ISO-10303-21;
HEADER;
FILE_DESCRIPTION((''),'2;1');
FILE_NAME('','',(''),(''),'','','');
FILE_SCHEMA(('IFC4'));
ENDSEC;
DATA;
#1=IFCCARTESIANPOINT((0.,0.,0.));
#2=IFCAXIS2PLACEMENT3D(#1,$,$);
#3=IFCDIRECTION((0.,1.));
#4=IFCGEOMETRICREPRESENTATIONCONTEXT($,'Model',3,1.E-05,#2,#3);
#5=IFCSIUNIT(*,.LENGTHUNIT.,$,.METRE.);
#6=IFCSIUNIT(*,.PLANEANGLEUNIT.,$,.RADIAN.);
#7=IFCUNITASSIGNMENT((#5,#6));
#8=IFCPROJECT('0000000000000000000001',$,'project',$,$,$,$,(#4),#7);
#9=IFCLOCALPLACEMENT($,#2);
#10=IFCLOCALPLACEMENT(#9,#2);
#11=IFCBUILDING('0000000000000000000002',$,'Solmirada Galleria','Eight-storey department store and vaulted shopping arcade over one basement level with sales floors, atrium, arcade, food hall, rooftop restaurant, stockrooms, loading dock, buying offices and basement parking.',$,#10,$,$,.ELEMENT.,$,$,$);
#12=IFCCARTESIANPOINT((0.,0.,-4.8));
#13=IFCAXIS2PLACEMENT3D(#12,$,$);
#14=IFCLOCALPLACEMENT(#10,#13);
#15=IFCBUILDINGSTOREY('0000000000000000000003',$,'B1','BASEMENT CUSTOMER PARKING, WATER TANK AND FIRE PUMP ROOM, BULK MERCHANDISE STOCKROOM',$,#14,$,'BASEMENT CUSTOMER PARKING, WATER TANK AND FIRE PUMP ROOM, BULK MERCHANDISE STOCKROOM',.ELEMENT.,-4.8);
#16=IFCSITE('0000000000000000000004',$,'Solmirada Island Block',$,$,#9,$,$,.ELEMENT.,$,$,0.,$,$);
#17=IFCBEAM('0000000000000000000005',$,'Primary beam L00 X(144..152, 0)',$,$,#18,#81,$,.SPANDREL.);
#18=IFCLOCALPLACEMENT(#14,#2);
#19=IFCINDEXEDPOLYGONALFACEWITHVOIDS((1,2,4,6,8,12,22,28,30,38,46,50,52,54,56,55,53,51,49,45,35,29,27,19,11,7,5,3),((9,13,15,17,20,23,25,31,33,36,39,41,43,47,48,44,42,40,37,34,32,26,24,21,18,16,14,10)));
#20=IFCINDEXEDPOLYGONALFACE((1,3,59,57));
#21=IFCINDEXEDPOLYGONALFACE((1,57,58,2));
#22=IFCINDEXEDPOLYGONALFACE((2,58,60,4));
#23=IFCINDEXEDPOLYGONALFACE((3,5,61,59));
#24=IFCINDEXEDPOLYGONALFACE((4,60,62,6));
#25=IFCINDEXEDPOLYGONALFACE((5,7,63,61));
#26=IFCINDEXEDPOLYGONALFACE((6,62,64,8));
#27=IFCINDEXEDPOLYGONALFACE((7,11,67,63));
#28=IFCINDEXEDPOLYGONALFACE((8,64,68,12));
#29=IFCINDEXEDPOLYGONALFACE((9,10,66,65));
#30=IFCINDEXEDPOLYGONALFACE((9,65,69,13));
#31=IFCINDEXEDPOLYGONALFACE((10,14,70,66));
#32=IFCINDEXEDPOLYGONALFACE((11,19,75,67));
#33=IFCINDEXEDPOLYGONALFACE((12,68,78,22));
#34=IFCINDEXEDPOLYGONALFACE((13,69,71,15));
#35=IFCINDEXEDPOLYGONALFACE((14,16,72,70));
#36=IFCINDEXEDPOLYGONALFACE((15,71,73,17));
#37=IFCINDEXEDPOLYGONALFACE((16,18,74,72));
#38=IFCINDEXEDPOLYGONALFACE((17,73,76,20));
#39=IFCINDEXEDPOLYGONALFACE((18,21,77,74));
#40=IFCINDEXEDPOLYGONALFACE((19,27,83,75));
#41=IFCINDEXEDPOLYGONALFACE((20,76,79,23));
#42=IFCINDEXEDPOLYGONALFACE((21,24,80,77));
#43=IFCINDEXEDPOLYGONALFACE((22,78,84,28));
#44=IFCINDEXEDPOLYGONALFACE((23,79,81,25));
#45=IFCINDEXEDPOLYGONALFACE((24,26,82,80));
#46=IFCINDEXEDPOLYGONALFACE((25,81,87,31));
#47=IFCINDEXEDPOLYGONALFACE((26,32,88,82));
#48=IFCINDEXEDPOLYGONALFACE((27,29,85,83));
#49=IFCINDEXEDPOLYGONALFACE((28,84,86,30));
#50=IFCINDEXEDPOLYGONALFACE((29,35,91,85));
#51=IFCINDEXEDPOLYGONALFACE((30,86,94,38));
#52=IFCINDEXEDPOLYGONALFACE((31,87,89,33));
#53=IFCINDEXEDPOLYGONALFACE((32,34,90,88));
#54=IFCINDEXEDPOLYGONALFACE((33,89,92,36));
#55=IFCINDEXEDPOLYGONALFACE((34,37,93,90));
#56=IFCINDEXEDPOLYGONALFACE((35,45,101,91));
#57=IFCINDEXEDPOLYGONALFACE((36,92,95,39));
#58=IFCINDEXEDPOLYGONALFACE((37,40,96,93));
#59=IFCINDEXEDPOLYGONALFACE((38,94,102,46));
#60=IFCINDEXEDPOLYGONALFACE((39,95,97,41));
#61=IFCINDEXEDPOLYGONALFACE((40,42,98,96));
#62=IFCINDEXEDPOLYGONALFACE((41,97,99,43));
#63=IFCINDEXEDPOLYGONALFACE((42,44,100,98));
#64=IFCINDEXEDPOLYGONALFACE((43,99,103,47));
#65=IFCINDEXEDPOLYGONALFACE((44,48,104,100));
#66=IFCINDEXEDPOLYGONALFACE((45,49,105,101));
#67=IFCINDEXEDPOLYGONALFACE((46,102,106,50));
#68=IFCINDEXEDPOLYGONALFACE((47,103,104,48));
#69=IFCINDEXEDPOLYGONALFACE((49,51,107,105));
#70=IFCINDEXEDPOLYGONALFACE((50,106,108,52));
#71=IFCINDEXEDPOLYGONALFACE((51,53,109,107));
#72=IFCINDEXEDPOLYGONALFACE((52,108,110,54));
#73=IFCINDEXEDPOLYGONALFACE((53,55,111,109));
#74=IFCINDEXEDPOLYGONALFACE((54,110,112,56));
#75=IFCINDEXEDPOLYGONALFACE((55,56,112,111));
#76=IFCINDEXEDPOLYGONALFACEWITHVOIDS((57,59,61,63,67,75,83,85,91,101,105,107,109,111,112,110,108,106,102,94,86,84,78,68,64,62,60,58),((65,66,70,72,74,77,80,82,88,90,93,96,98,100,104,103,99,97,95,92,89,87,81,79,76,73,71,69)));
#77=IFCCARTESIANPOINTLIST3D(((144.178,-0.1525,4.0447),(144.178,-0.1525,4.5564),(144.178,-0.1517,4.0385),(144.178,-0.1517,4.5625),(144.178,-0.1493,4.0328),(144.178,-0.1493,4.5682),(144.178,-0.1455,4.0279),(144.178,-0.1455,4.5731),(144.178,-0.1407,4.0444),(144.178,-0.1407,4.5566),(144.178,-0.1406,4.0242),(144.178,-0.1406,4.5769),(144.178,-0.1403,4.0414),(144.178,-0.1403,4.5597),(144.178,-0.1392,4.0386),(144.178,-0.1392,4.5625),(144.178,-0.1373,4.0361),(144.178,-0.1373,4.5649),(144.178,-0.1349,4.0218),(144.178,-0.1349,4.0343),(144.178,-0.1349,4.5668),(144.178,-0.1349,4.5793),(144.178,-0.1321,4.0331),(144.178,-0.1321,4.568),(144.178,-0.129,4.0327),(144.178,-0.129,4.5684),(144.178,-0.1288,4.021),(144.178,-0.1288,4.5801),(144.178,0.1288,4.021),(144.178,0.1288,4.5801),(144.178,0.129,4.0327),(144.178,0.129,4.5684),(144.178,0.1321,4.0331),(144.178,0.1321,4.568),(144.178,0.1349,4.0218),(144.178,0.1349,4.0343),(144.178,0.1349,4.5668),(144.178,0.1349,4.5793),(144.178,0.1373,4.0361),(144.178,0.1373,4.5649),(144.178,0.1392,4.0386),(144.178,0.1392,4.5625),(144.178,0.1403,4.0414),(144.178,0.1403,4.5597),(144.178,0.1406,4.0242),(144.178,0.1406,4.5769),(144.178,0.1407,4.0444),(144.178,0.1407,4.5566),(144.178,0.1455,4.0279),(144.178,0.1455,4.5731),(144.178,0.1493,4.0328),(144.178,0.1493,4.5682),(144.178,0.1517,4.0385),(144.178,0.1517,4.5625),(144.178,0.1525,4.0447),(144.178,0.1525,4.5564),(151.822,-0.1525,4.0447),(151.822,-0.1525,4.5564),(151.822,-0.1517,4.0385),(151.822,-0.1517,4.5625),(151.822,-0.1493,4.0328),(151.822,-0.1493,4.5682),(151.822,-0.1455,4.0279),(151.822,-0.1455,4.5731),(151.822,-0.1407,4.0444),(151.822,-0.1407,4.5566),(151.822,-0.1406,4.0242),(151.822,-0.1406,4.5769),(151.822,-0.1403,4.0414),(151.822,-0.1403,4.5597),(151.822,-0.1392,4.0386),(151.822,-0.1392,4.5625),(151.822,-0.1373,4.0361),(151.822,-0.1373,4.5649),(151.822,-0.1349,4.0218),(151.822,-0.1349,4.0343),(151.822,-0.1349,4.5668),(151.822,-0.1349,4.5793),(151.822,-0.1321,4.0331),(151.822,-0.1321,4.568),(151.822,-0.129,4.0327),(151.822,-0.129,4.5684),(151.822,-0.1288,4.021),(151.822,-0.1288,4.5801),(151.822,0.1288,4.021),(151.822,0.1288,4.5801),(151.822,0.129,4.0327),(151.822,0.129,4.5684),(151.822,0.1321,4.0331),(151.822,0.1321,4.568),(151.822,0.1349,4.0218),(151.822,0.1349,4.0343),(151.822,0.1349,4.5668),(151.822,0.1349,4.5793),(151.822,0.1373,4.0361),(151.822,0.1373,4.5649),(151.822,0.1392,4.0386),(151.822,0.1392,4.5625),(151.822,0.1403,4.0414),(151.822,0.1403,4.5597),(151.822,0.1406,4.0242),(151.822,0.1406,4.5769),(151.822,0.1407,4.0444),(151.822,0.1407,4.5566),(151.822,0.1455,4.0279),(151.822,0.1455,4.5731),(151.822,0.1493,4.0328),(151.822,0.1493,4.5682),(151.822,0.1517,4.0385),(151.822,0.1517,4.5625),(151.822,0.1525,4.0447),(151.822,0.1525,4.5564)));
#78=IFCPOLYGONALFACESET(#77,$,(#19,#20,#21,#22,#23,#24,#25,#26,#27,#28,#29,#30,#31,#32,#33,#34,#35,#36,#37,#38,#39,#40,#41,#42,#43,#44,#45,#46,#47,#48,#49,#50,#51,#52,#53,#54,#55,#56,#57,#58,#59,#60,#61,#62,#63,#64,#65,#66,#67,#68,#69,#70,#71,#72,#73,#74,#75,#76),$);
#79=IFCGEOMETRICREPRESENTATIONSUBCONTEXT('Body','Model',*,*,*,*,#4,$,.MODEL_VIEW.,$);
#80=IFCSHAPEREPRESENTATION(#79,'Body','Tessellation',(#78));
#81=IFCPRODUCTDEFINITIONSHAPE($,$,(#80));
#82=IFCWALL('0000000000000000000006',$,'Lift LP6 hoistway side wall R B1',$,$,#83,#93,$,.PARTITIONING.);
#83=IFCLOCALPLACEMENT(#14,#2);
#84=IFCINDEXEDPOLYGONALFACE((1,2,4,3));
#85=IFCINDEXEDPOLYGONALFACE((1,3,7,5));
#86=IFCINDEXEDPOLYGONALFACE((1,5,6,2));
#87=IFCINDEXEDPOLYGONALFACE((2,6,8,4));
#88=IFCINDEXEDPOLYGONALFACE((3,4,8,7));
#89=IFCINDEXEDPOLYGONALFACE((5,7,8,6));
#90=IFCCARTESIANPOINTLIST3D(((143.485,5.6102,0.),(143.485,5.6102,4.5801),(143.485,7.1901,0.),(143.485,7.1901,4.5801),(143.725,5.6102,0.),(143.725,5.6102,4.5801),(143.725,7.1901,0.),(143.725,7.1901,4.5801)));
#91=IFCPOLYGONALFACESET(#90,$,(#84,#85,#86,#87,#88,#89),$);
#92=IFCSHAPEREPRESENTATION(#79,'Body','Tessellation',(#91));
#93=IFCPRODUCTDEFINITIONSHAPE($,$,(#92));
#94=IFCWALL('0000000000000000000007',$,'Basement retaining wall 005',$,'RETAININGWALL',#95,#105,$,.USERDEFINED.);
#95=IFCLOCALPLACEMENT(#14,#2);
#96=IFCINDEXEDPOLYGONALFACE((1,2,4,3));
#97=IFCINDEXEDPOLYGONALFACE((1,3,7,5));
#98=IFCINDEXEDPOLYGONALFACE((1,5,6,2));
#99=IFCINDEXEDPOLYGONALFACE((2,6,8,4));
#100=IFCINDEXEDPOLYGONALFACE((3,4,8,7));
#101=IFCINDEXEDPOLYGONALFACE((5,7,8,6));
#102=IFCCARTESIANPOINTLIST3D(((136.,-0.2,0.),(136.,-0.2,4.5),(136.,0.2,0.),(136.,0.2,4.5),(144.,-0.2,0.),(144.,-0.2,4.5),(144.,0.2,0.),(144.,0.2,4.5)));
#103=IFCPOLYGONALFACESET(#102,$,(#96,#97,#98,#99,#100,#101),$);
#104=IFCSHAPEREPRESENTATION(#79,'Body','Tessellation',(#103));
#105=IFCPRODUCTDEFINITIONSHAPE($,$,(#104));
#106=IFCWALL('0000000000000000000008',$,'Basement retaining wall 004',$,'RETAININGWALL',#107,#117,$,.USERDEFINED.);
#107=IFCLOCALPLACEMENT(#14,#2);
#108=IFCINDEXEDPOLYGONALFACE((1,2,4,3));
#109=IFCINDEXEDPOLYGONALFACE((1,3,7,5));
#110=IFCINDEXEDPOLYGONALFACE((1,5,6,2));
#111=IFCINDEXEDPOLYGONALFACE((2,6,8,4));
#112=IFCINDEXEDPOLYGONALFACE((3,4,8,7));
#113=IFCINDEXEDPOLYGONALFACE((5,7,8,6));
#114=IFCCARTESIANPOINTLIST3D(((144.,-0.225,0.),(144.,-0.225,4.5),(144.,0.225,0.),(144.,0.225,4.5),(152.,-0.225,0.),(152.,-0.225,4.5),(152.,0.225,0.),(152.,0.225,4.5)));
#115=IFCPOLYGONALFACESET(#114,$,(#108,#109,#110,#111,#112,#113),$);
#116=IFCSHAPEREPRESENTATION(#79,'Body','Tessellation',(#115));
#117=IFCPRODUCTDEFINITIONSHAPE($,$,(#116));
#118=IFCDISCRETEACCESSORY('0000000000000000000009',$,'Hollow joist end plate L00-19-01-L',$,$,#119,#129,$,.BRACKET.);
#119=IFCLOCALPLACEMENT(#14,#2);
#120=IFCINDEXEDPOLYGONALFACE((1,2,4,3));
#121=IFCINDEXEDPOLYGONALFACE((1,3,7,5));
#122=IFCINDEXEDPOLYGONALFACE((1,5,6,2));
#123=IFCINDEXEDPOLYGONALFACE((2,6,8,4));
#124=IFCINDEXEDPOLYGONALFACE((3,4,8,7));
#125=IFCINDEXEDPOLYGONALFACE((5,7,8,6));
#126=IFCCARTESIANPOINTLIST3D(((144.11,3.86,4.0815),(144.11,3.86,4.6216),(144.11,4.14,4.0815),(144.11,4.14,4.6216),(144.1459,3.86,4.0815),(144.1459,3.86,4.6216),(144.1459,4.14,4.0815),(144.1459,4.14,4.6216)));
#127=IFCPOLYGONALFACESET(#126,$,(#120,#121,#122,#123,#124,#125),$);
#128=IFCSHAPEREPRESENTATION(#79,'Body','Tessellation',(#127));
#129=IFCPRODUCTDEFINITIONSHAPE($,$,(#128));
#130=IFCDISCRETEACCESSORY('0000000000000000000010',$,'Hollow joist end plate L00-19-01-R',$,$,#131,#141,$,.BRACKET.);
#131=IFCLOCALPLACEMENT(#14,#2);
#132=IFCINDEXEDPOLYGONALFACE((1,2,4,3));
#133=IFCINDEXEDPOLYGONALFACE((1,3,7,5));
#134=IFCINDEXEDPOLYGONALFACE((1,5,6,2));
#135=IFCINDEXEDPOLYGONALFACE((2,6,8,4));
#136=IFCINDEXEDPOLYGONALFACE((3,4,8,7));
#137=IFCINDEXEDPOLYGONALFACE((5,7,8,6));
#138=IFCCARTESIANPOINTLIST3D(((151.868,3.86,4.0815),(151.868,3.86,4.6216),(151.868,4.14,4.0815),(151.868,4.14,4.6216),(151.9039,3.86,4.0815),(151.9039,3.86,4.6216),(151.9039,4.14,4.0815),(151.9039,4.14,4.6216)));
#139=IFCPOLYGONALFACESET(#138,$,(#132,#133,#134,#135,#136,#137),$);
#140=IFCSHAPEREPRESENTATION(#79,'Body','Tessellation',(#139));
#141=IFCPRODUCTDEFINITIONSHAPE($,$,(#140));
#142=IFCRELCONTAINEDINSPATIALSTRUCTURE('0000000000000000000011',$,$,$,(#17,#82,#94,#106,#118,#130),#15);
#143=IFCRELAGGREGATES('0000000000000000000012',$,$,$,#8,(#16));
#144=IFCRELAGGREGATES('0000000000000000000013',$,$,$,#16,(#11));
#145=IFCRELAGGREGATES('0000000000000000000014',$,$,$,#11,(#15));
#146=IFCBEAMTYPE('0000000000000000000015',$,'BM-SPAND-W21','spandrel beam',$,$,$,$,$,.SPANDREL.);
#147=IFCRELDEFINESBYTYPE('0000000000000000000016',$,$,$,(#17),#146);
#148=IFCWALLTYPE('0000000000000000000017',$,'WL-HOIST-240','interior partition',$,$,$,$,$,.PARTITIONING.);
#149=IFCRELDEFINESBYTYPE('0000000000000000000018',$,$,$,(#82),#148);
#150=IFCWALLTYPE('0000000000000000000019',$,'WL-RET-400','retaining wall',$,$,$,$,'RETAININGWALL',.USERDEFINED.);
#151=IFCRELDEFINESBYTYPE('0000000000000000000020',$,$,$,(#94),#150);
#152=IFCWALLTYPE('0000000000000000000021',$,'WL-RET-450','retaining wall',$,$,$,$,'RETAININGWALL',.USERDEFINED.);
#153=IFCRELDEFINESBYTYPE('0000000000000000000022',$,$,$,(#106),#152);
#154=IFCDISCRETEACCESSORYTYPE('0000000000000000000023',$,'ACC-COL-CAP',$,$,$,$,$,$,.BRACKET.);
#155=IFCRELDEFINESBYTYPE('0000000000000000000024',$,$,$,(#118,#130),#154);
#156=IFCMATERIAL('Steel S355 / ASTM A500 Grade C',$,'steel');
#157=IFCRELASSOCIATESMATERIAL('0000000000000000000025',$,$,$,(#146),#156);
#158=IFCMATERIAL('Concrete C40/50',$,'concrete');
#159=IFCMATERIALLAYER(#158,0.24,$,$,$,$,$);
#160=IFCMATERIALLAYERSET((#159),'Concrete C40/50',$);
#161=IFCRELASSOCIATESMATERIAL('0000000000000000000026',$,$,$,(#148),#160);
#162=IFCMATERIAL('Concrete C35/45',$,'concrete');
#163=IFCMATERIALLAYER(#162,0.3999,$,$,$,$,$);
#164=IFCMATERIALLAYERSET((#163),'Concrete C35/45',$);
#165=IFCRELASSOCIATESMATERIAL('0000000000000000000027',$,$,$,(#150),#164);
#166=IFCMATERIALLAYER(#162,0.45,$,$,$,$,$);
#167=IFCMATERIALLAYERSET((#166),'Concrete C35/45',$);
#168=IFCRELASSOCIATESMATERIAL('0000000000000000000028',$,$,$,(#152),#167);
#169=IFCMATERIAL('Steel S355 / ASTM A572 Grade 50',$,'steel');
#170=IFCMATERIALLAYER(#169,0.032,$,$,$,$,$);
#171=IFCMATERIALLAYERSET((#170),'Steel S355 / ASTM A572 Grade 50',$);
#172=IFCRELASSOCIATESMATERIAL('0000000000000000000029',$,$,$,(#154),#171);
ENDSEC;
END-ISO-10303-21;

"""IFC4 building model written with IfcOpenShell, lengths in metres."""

from ifc_helpers import new_model, si_unit, direction, frame, frame_2d, origin, origin_2d, place, context, subcontext, project, spatial, rectangle, hollow_rectangle, extrude, material, layer, layer_set, material_profile, profile_set, type_object, element, save


model = new_model("IFC4")

# Units and contexts
model_context = context("Model", 3, precision=1e-05, world=origin(), true_north=direction((0.0, 1.0)))
body_context = subcontext(model_context, "Body", "Model", "MODEL_VIEW")
ifc_project = project(units=[si_unit("LENGTHUNIT", "METRE"), si_unit("PLANEANGLEUNIT", "RADIAN")], contexts=[model_context])

# Site, building, storey
site_placement = place(None, origin())
site = spatial("IfcSite", under=ifc_project, at=site_placement, Name="Solmirada Island Block", CompositionType="ELEMENT", RefElevation=0.0)
building_placement = place(site_placement, origin())
building = spatial("IfcBuilding", under=site, at=building_placement, Name="Solmirada Galleria", Description="Eight-storey department store and vaulted shopping arcade over one basement level with sales floors, atrium, arcade, food hall, rooftop restaurant, stockrooms, loading dock, buying offices and basement parking.", CompositionType="ELEMENT")
storey_placement = place(building_placement, frame((0.0, 0.0, -4.8)))
storey = spatial("IfcBuildingStorey", under=building, at=storey_placement, Name="B1", Description="BASEMENT CUSTOMER PARKING, WATER TANK AND FIRE PUMP ROOM, BULK MERCHANDISE STOCKROOM", LongName="BASEMENT CUSTOMER PARKING, WATER TANK AND FIRE PUMP ROOM, BULK MERCHANDISE STOCKROOM", CompositionType="ELEMENT", Elevation=-4.8)

# Shared definitions
ifc_material_1 = material(Name="Concrete C35/45", Category="concrete")

# Shared definitions
ifc_material_2 = material(Name="Concrete C40/50", Category="concrete")

# Shared definitions
ifc_material_3 = material(Name="Steel S355 / ASTM A500 Grade C", Category="steel")

# Beam
ifc_material_profile_1 = material_profile(ifc_material_3, hollow_rectangle(XDim=0.3049, YDim=0.5591, WallThickness=0.0117, InnerFilletRadius=0.0117, OuterFilletRadius=0.0237, at=origin_2d()), Name="HSS22X12X1/2")
ifc_profile_set_1 = profile_set([ifc_material_profile_1], Name="Steel S355 / ASTM A500 Grade C")
beam_type_1 = type_object("IfcBeamType", Name="BM-SPAND-W21", Description="spandrel beam", PredefinedType="SPANDREL", material=ifc_profile_set_1)
beam_1_placement = place(storey_placement, frame((144.178, 0.0, 4.3005), z_axis=(1.0, 0.0, 0.0), x_axis=(0.0, 1.0, 0.0)))
element("IfcBeam", 1, at=beam_1_placement, inside=storey, type_object=beam_type_1, Name="Primary beam L00 X(144..152, 0)", PredefinedType="SPANDREL", context=body_context, shape_type="SweptSolid", body=[
    extrude(hollow_rectangle(XDim=0.3049, YDim=0.5591, WallThickness=0.0117, InnerFilletRadius=0.0117, OuterFilletRadius=0.0237, at=origin_2d()), origin(), (0.0, 0.0, 1.0), 7.644),
])

# Walls
ifc_layer_1 = layer(ifc_material_2, 0.24)
ifc_layer_set_1 = layer_set([ifc_layer_1], Name="Concrete C40/50")
wall_type_1 = type_object("IfcWallType", Name="WL-HOIST-240", Description="interior partition", PredefinedType="PARTITIONING", material=ifc_layer_set_1)
wall_1_placement = place(storey_placement, frame((143.605, 5.6101, 0.0), z_axis=(0.0, 0.0, 1.0), x_axis=(0.0, 1.0, 0.0)))
element("IfcWall", 2, at=wall_1_placement, inside=storey, type_object=wall_type_1, Name="Lift LP6 hoistway side wall R B1", PredefinedType="PARTITIONING", context=body_context, shape_type="SweptSolid", body=[
    extrude(rectangle(XDim=1.5798, YDim=0.24, at=frame_2d((0.79, 0.0))), origin(), (0.0, 0.0, 1.0), 4.5801),
])
ifc_layer_2 = layer(ifc_material_1, 0.3999)
ifc_layer_set_2 = layer_set([ifc_layer_2], Name="Concrete C35/45")
wall_type_2 = type_object("IfcWallType", Name="WL-RET-400", Description="retaining wall", ElementType="RETAININGWALL", PredefinedType="USERDEFINED", material=ifc_layer_set_2)
wall_2_placement = place(storey_placement, frame((144.0, 0.0, 0.0), z_axis=(0.0, 0.0, 1.0), x_axis=(-1.0, 0.0, 0.0)))
element("IfcWall", 3, at=wall_2_placement, inside=storey, type_object=wall_type_2, Name="Basement retaining wall 005", ObjectType="RETAININGWALL", PredefinedType="USERDEFINED", context=body_context, shape_type="SweptSolid", body=[
    extrude(rectangle(XDim=8.0, YDim=0.3999, at=frame_2d((4.0, 0.0))), origin(), (0.0, 0.0, 1.0), 4.5),
])
ifc_layer_3 = layer(ifc_material_1, 0.45)
ifc_layer_set_3 = layer_set([ifc_layer_3], Name="Concrete C35/45")
wall_type_3 = type_object("IfcWallType", Name="WL-RET-450", Description="retaining wall", ElementType="RETAININGWALL", PredefinedType="USERDEFINED", material=ifc_layer_set_3)
wall_3_placement = place(storey_placement, frame((152.0, 0.0, 0.0), z_axis=(0.0, 0.0, 1.0), x_axis=(-1.0, 0.0, 0.0)))
element("IfcWall", 4, at=wall_3_placement, inside=storey, type_object=wall_type_3, Name="Basement retaining wall 004", ObjectType="RETAININGWALL", PredefinedType="USERDEFINED", context=body_context, shape_type="SweptSolid", body=[
    extrude(rectangle(XDim=8.0, YDim=0.45, at=frame_2d((4.0, 0.0))), origin(), (0.0, 0.0, 1.0), 4.5),
])

# Discrete accessories
ifc_material_4 = material(Name="Steel S355 / ASTM A572 Grade 50", Category="steel")
ifc_layer_4 = layer(ifc_material_4, 0.032)
ifc_layer_set_4 = layer_set([ifc_layer_4], Name="Steel S355 / ASTM A572 Grade 50")
discrete_accessory_type = type_object("IfcDiscreteAccessoryType", Name="ACC-COL-CAP", PredefinedType="BRACKET", material=ifc_layer_set_4)
for number, where, z_axis, x_axis, name in (
    (5, (144.1279, 4.0, 4.0815), (0.0, 0.0, 1.0), (1.0, 0.0, 0.0), "Hollow joist end plate L00-19-01-L"),
    (6, (151.886, 4.0, 4.0815), (0.0, 0.0, 1.0), (1.0, 0.0, 0.0), "Hollow joist end plate L00-19-01-R"),
):
    element("IfcDiscreteAccessory", number, at=place(storey_placement, frame(where, z_axis=z_axis, x_axis=x_axis)), inside=storey, type_object=discrete_accessory_type, Name=name, PredefinedType="BRACKET", context=body_context, shape_type="SweptSolid", body=[
        extrude(rectangle(XDim=0.0359, YDim=0.28, at=origin_2d()), origin(), (0.0, 0.0, 1.0), 0.54),
    ])

save(model, "model.ifc")
